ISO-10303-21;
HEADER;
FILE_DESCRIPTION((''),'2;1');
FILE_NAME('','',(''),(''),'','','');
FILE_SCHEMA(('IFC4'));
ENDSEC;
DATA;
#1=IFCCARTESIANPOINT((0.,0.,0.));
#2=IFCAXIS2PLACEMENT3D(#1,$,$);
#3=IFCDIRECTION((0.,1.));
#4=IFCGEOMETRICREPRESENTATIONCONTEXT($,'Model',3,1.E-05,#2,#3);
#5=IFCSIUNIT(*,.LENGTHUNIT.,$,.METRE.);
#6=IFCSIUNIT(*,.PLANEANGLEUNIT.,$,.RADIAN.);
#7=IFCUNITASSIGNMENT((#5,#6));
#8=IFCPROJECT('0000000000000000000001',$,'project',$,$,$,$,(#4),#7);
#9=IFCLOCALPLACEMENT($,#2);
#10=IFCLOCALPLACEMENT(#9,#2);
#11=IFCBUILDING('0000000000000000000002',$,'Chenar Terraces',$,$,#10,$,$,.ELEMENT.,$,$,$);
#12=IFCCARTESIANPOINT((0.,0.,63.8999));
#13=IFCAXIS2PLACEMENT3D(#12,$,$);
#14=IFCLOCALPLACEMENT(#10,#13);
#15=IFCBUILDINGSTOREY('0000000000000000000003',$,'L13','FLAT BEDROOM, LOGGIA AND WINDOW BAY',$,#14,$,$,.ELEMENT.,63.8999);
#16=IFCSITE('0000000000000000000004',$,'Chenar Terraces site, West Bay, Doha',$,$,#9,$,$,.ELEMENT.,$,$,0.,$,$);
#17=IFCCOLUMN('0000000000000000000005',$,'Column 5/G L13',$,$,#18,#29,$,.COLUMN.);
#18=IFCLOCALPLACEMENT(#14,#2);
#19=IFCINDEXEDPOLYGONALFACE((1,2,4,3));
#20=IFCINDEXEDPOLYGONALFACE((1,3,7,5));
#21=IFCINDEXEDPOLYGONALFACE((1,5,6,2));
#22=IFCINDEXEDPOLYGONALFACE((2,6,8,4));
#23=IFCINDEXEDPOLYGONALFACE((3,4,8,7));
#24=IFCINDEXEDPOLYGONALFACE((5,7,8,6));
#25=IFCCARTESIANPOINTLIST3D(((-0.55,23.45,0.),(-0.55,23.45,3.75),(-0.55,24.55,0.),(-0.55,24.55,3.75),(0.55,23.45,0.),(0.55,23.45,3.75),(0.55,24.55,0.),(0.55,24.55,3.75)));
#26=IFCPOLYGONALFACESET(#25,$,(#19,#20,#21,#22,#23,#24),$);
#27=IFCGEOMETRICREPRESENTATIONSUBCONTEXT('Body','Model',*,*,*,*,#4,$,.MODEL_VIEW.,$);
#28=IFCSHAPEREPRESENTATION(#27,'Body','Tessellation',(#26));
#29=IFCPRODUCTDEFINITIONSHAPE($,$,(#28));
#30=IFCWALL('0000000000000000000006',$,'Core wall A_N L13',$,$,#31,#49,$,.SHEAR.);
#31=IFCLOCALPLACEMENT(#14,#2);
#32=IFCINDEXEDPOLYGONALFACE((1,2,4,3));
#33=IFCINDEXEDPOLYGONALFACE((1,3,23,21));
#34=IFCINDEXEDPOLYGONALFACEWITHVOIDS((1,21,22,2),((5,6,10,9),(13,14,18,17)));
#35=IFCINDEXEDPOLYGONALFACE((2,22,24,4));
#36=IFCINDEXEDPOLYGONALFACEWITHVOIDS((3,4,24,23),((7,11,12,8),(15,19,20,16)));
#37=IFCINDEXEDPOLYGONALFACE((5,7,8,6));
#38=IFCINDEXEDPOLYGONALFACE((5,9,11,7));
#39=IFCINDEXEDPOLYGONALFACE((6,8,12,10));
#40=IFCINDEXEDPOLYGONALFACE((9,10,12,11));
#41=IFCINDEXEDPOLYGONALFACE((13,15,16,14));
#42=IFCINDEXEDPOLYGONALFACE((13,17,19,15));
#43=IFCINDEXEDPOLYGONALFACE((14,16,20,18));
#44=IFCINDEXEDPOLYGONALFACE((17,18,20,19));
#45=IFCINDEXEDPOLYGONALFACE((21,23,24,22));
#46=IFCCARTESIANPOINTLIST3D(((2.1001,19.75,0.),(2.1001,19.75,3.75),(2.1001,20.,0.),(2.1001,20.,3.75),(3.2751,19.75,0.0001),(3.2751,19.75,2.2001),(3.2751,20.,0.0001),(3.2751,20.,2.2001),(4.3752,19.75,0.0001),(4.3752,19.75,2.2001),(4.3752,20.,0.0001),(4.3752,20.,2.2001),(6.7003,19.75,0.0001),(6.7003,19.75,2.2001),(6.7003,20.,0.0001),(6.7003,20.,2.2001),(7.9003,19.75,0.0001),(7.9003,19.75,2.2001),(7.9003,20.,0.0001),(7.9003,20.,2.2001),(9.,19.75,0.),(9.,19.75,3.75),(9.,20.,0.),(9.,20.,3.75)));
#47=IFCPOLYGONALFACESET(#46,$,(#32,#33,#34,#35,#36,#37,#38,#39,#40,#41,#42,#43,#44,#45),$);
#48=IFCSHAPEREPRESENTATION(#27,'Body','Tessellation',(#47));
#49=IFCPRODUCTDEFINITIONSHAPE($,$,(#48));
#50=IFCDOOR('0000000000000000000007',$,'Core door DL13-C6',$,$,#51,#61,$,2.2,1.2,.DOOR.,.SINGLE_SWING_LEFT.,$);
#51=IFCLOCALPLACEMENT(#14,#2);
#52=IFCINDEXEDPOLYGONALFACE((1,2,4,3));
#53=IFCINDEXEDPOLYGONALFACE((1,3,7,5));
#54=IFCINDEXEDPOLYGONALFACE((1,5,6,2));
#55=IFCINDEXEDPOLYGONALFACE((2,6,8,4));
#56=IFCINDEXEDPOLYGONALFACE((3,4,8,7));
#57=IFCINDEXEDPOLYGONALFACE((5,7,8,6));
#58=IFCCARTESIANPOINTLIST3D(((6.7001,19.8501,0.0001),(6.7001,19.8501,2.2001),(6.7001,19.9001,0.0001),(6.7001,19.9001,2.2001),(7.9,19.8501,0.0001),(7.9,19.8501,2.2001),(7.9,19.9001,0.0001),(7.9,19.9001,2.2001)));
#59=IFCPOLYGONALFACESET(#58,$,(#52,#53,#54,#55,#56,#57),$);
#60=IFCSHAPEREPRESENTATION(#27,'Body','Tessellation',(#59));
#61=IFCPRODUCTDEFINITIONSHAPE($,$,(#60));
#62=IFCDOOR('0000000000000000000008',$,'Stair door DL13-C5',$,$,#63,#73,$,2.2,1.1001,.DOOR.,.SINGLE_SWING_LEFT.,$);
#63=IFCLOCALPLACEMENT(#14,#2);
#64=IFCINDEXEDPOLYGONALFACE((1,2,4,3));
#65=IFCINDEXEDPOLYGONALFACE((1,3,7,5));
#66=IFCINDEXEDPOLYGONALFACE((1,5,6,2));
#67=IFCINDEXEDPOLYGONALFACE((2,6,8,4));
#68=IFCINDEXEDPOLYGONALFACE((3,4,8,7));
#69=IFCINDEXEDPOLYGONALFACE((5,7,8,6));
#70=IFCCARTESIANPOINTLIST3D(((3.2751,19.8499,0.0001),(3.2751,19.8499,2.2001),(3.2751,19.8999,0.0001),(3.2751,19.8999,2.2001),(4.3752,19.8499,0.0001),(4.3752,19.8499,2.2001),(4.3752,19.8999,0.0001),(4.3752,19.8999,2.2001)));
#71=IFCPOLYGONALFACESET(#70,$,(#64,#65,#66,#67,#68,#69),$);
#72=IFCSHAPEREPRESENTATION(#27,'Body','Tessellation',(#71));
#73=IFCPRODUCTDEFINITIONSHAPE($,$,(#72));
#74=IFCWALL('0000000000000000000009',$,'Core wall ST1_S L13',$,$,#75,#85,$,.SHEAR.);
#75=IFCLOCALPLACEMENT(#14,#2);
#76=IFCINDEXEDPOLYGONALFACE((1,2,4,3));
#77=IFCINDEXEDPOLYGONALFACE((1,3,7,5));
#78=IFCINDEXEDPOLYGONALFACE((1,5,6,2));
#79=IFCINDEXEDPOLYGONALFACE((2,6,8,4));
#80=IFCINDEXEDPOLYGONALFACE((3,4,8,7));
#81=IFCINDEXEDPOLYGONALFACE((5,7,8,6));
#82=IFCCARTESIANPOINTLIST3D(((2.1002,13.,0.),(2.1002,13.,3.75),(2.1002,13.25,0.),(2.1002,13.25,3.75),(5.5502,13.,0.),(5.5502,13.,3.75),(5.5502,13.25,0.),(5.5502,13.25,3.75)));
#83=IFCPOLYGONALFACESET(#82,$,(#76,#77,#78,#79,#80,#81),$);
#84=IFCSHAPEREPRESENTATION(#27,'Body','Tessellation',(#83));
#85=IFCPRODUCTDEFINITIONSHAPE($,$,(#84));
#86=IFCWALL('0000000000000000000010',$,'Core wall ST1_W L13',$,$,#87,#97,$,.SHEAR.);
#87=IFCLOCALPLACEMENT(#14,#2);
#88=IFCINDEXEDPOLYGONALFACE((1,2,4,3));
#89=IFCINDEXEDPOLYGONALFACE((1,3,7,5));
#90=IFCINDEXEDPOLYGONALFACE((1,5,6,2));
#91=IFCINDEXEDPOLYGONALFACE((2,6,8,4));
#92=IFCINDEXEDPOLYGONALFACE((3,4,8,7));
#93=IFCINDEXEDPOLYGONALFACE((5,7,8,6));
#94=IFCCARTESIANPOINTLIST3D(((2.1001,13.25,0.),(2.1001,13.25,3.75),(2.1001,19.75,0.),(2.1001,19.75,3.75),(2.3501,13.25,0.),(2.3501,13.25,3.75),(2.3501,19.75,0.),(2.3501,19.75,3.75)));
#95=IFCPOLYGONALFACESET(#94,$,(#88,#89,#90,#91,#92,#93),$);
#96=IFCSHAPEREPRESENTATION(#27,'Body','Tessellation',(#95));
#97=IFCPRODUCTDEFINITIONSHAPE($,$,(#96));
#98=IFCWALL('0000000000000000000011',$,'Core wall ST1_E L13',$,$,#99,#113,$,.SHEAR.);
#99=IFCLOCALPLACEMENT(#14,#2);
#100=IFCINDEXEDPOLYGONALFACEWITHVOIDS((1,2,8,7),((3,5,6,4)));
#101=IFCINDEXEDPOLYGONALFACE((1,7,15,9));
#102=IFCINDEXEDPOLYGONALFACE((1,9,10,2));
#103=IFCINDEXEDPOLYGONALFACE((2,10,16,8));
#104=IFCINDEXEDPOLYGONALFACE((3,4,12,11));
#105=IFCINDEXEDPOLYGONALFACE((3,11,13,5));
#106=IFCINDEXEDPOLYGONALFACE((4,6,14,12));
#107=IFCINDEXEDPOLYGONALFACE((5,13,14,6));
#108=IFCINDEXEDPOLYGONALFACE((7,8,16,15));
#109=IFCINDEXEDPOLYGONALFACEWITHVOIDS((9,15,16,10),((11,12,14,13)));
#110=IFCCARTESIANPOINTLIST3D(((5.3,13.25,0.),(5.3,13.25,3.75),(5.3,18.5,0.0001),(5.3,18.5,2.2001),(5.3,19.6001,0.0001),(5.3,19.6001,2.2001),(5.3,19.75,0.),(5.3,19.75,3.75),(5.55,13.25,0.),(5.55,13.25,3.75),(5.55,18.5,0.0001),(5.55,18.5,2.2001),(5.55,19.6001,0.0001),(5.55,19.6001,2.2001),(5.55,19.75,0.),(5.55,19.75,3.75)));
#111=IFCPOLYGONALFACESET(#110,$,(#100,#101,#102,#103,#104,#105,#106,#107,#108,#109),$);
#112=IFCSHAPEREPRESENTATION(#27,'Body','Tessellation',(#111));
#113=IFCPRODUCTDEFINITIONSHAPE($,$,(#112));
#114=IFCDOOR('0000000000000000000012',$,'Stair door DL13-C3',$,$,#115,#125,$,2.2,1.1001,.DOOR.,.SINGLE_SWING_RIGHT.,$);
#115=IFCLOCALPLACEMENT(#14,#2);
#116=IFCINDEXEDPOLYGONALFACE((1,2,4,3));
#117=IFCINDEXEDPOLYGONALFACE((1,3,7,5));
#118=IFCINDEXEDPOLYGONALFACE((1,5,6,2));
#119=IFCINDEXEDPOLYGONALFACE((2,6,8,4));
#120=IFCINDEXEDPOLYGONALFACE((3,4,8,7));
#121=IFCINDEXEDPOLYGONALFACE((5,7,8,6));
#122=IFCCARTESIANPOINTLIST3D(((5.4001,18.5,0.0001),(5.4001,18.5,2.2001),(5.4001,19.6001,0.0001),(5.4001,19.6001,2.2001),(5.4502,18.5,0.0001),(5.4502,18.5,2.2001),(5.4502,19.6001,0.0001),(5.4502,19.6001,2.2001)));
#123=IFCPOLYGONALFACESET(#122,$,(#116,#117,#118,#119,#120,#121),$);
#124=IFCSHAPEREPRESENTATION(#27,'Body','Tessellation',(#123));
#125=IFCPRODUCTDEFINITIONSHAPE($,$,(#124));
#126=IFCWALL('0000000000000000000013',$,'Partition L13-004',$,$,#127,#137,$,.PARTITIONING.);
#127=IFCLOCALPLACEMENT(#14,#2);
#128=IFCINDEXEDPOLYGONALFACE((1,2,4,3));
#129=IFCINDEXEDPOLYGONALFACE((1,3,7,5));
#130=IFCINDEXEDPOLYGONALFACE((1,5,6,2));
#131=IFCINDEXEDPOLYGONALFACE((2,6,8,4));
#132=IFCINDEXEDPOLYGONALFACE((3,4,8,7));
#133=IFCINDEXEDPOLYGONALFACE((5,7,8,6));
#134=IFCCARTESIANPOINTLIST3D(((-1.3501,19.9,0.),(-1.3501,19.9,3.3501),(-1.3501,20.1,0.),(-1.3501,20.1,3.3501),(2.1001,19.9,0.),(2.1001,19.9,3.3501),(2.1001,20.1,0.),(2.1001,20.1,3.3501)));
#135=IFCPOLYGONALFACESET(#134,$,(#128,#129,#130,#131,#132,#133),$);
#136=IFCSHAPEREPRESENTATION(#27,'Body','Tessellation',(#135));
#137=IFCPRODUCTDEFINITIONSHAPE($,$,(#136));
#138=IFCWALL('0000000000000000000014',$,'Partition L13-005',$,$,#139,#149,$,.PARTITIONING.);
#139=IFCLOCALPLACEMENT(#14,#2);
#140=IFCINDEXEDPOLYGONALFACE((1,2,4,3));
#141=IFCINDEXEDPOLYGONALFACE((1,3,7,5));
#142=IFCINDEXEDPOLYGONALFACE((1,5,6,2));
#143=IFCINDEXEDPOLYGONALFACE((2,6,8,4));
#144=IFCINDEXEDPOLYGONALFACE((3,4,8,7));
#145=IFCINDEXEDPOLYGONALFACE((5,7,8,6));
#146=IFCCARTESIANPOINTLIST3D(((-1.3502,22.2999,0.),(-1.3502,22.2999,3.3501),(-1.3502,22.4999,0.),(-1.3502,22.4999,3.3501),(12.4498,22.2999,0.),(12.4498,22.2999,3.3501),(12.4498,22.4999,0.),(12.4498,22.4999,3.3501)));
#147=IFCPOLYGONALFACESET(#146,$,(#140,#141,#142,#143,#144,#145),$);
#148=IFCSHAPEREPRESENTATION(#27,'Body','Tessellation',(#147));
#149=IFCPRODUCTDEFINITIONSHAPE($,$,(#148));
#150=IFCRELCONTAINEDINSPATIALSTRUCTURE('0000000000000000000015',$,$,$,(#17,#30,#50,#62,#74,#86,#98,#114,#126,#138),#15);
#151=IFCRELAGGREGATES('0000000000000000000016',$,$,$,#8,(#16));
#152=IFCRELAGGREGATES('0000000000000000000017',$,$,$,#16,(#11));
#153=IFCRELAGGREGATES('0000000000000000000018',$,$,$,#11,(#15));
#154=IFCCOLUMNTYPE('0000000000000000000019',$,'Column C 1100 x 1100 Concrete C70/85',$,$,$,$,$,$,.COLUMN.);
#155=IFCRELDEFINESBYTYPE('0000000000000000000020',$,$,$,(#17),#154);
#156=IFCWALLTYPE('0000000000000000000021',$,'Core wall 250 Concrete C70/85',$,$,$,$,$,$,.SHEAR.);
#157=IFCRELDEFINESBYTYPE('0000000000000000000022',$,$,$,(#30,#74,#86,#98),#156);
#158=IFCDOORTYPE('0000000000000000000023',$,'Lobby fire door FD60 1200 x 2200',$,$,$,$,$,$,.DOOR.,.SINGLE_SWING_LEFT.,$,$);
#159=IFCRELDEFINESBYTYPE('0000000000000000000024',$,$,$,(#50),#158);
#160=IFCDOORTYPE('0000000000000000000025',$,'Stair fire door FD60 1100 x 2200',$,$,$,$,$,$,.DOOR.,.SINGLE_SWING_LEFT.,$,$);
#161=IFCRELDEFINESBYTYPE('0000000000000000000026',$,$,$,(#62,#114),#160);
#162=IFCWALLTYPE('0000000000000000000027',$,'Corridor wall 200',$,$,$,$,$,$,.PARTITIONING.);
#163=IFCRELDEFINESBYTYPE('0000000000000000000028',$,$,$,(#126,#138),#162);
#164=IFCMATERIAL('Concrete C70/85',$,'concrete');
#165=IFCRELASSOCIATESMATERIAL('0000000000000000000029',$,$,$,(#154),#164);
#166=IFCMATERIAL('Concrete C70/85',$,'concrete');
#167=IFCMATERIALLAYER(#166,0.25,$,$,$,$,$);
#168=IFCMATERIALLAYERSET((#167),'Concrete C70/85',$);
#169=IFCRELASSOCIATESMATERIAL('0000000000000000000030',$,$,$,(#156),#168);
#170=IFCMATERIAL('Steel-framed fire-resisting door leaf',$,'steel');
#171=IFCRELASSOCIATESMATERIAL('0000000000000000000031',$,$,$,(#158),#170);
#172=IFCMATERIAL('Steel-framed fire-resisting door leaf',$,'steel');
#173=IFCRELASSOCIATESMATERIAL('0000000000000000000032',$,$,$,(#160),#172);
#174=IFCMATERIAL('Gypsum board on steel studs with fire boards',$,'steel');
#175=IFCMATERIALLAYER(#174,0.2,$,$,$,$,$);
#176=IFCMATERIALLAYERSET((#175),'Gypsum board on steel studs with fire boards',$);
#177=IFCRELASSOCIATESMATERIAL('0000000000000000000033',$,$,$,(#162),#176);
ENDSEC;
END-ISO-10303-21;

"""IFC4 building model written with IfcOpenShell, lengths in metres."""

from ifc_helpers import new_model, si_unit, direction, frame, frame_2d, origin, origin_2d, place, context, subcontext, project, spatial, rectangle, extrude, material, layer, layer_set, material_profile, profile_set, type_object, element, fill, save


model = new_model("IFC4")

# Units and contexts
model_context = context("Model", 3, precision=1e-05, world=origin(), true_north=direction((0.0, 1.0)))
body_context = subcontext(model_context, "Body", "Model", "MODEL_VIEW")
ifc_project = project(units=[si_unit("LENGTHUNIT", "METRE"), si_unit("PLANEANGLEUNIT", "RADIAN")], contexts=[model_context])

# Site, building, storey
site_placement = place(None, origin())
site = spatial("IfcSite", under=ifc_project, at=site_placement, Name="Chenar Terraces site, West Bay, Doha", CompositionType="ELEMENT", RefElevation=0.0)
building_placement = place(site_placement, origin())
building = spatial("IfcBuilding", under=site, at=building_placement, Name="Chenar Terraces", CompositionType="ELEMENT")
storey_placement = place(building_placement, frame((0.0, 0.0, 63.8999)))
storey = spatial("IfcBuildingStorey", under=building, at=storey_placement, Name="L13", Description="FLAT BEDROOM, LOGGIA AND WINDOW BAY", CompositionType="ELEMENT", Elevation=63.8999)

# Column
ifc_material_1 = material(Name="Concrete C70/85", Category="concrete")
ifc_material_profile_1 = material_profile(ifc_material_1, rectangle(XDim=1.1001, YDim=1.1001, at=origin_2d()), Name="C 1100 x 1100")
ifc_profile_set_1 = profile_set([ifc_material_profile_1], Name="Concrete C70/85")
column_type = type_object("IfcColumnType", Name="Column C 1100 x 1100 Concrete C70/85", PredefinedType="COLUMN", material=ifc_profile_set_1)
column_placement = place(storey_placement, frame((0.0, 24.0, 0.0), z_axis=(0.0, 0.0, 1.0), x_axis=(1.0, 0.0, 0.0)))
element("IfcColumn", 1, at=column_placement, inside=storey, type_object=column_type, Name="Column 5/G L13", PredefinedType="COLUMN", context=body_context, shape_type="SweptSolid", body=[
    extrude(rectangle(XDim=1.1001, YDim=1.1001, at=origin_2d()), origin(), (0.0, 0.0, 1.0), 3.75),
])

# Wall, openings, doors
ifc_material_2 = material(Name="Concrete C70/85", Category="concrete")
ifc_layer_1 = layer(ifc_material_2, 0.25)
ifc_layer_set_1 = layer_set([ifc_layer_1], Name="Concrete C70/85")
wall_type_1 = type_object("IfcWallType", Name="Core wall 250 Concrete C70/85", PredefinedType="SHEAR", material=ifc_layer_set_1)
wall_1_placement = place(storey_placement, frame((2.1001, 19.875, 0.0), z_axis=(0.0, 0.0, 1.0), x_axis=(1.0, 0.0, 0.0)))
wall_1 = element("IfcWall", 2, at=wall_1_placement, inside=storey, type_object=wall_type_1, Name="Core wall A_N L13", PredefinedType="SHEAR", context=body_context, shape_type="SweptSolid", body=[
    extrude(rectangle(XDim=6.8999, YDim=0.25, at=frame_2d((3.45, 0.0))), origin(), (0.0, 0.0, 1.0), 3.75),
])
opening_1_placement = place(wall_1_placement, frame((1.175, 0.0, 0.0)))
opening_1 = element("IfcOpeningElement", 3, at=opening_1_placement, cuts=wall_1, PredefinedType="OPENING", context=body_context, shape_type="SweptSolid", body=[
    extrude(rectangle(XDim=1.1001, YDim=2.2, at=frame_2d((0.55, 1.1001))), frame((0.0, 0.135, 0.0), z_axis=(0.0, -1.0, 0.0), x_axis=(1.0, 0.0, 0.0)), (0.0, 0.0, 1.0), 0.27),
])
opening_2_placement = place(wall_1_placement, frame((4.6001, 0.0, 0.0)))
opening_2 = element("IfcOpeningElement", 4, at=opening_2_placement, cuts=wall_1, PredefinedType="OPENING", context=body_context, shape_type="SweptSolid", body=[
    extrude(rectangle(XDim=1.2, YDim=2.2, at=frame_2d((0.6001, 1.1001))), frame((0.0, 0.135, 0.0), z_axis=(0.0, -1.0, 0.0), x_axis=(1.0, 0.0, 0.0)), (0.0, 0.0, 1.0), 0.27),
])
ifc_material_3 = material(Name="Steel-framed fire-resisting door leaf", Category="steel")
door_type_1 = type_object("IfcDoorType", Name="Lobby fire door FD60 1200 x 2200", OperationType="SINGLE_SWING_LEFT", PredefinedType="DOOR", material=ifc_material_3)
door_1_placement = place(opening_2_placement, frame((1.2, 0.0, 0.0), z_axis=(0.0, 0.0, 1.0), x_axis=(-1.0, 0.0, 0.0)))
door_1 = element("IfcDoor", 5, at=door_1_placement, inside=storey, type_object=door_type_1, Name="Core door DL13-C6", OperationType="SINGLE_SWING_LEFT", OverallHeight=2.2, OverallWidth=1.2, PredefinedType="DOOR", context=body_context, shape_type="SweptSolid", body=[
    extrude(rectangle(XDim=1.2, YDim=2.2, at=frame_2d((0.6001, 1.1001))), frame((0.0, 0.0249, 0.0), z_axis=(0.0, -1.0, 0.0), x_axis=(1.0, 0.0, 0.0)), (0.0, 0.0, 1.0), 0.05),
])
fill(opening_2, door_1)
ifc_material_4 = material(Name="Steel-framed fire-resisting door leaf", Category="steel")
door_type_2 = type_object("IfcDoorType", Name="Stair fire door FD60 1100 x 2200", OperationType="SINGLE_SWING_LEFT", PredefinedType="DOOR", material=ifc_material_4)
door_2_placement = place(opening_1_placement, origin())
door_2 = element("IfcDoor", 6, at=door_2_placement, inside=storey, type_object=door_type_2, Name="Stair door DL13-C5", OperationType="SINGLE_SWING_LEFT", OverallHeight=2.2, OverallWidth=1.1001, PredefinedType="DOOR", context=body_context, shape_type="SweptSolid", body=[
    extrude(rectangle(XDim=1.1001, YDim=2.2, at=frame_2d((0.55, 1.1001))), frame((0.0, 0.0249, 0.0), z_axis=(0.0, -1.0, 0.0), x_axis=(1.0, 0.0, 0.0)), (0.0, 0.0, 1.0), 0.05),
])
fill(opening_1, door_2)

# Walls
wall_2_placement = place(storey_placement, frame((2.1001, 13.125, 0.0), z_axis=(0.0, 0.0, 1.0), x_axis=(1.0, 0.0, 0.0)))
element("IfcWall", 7, at=wall_2_placement, inside=storey, type_object=wall_type_1, Name="Core wall ST1_S L13", PredefinedType="SHEAR", context=body_context, shape_type="SweptSolid", body=[
    extrude(rectangle(XDim=3.45, YDim=0.25, at=frame_2d((1.7251, 0.0))), origin(), (0.0, 0.0, 1.0), 3.75),
])
wall_3_placement = place(storey_placement, frame((2.2251, 13.25, 0.0), z_axis=(0.0, 0.0, 1.0), x_axis=(0.0, 1.0, 0.0)))
element("IfcWall", 8, at=wall_3_placement, inside=storey, type_object=wall_type_1, Name="Core wall ST1_W L13", PredefinedType="SHEAR", context=body_context, shape_type="SweptSolid", body=[
    extrude(rectangle(XDim=6.5, YDim=0.25, at=frame_2d((3.25, 0.0))), origin(), (0.0, 0.0, 1.0), 3.75),
])

# Wall, opening, door
wall_4_placement = place(storey_placement, frame((5.425, 13.25, 0.0), z_axis=(0.0, 0.0, 1.0), x_axis=(0.0, 1.0, 0.0)))
wall_4 = element("IfcWall", 9, at=wall_4_placement, inside=storey, type_object=wall_type_1, Name="Core wall ST1_E L13", PredefinedType="SHEAR", context=body_context, shape_type="SweptSolid", body=[
    extrude(rectangle(XDim=6.5, YDim=0.25, at=frame_2d((3.25, 0.0))), origin(), (0.0, 0.0, 1.0), 3.75),
])
opening_3_placement = place(wall_4_placement, frame((5.25, 0.0, 0.0)))
opening_3 = element("IfcOpeningElement", 10, at=opening_3_placement, cuts=wall_4, PredefinedType="OPENING", context=body_context, shape_type="SweptSolid", body=[
    extrude(rectangle(XDim=1.1001, YDim=2.2, at=frame_2d((0.55, 1.1001))), frame((0.0, 0.135, 0.0), z_axis=(0.0, -1.0, 0.0), x_axis=(1.0, 0.0, 0.0)), (0.0, 0.0, 1.0), 0.27),
])
door_3_placement = place(opening_3_placement, origin())
door_3 = element("IfcDoor", 11, at=door_3_placement, inside=storey, type_object=door_type_2, Name="Stair door DL13-C3", OperationType="SINGLE_SWING_RIGHT", OverallHeight=2.2, OverallWidth=1.1001, PredefinedType="DOOR", context=body_context, shape_type="SweptSolid", body=[
    extrude(rectangle(XDim=1.1001, YDim=2.2, at=frame_2d((0.55, 1.1001))), frame((0.0, 0.0249, 0.0), z_axis=(0.0, -1.0, 0.0), x_axis=(1.0, 0.0, 0.0)), (0.0, 0.0, 1.0), 0.05),
])
fill(opening_3, door_3)

# Walls
ifc_material_5 = material(Name="Gypsum board on steel studs with fire boards", Category="steel")
ifc_layer_2 = layer(ifc_material_5, 0.2)
ifc_layer_set_2 = layer_set([ifc_layer_2], Name="Gypsum board on steel studs with fire boards")
wall_type_2 = type_object("IfcWallType", Name="Corridor wall 200", PredefinedType="PARTITIONING", material=ifc_layer_set_2)
wall_5_placement = place(storey_placement, frame((-1.3501, 20.0, 0.0), z_axis=(0.0, 0.0, 1.0), x_axis=(1.0, 0.0, 0.0)))
element("IfcWall", 12, at=wall_5_placement, inside=storey, type_object=wall_type_2, Name="Partition L13-004", PredefinedType="PARTITIONING", context=body_context, shape_type="SweptSolid", body=[
    extrude(rectangle(XDim=3.4502, YDim=0.2, at=frame_2d((1.7251, 0.0))), origin(), (0.0, 0.0, 1.0), 3.3501),
])
wall_6_placement = place(storey_placement, frame((-1.3501, 22.3999, 0.0), z_axis=(0.0, 0.0, 1.0), x_axis=(1.0, 0.0, 0.0)))
element("IfcWall", 13, at=wall_6_placement, inside=storey, type_object=wall_type_2, Name="Partition L13-005", PredefinedType="PARTITIONING", context=body_context, shape_type="SweptSolid", body=[
    extrude(rectangle(XDim=13.8, YDim=0.2, at=frame_2d((6.8999, 0.0))), origin(), (0.0, 0.0, 1.0), 3.3501),
])

save(model, "model.ifc")
